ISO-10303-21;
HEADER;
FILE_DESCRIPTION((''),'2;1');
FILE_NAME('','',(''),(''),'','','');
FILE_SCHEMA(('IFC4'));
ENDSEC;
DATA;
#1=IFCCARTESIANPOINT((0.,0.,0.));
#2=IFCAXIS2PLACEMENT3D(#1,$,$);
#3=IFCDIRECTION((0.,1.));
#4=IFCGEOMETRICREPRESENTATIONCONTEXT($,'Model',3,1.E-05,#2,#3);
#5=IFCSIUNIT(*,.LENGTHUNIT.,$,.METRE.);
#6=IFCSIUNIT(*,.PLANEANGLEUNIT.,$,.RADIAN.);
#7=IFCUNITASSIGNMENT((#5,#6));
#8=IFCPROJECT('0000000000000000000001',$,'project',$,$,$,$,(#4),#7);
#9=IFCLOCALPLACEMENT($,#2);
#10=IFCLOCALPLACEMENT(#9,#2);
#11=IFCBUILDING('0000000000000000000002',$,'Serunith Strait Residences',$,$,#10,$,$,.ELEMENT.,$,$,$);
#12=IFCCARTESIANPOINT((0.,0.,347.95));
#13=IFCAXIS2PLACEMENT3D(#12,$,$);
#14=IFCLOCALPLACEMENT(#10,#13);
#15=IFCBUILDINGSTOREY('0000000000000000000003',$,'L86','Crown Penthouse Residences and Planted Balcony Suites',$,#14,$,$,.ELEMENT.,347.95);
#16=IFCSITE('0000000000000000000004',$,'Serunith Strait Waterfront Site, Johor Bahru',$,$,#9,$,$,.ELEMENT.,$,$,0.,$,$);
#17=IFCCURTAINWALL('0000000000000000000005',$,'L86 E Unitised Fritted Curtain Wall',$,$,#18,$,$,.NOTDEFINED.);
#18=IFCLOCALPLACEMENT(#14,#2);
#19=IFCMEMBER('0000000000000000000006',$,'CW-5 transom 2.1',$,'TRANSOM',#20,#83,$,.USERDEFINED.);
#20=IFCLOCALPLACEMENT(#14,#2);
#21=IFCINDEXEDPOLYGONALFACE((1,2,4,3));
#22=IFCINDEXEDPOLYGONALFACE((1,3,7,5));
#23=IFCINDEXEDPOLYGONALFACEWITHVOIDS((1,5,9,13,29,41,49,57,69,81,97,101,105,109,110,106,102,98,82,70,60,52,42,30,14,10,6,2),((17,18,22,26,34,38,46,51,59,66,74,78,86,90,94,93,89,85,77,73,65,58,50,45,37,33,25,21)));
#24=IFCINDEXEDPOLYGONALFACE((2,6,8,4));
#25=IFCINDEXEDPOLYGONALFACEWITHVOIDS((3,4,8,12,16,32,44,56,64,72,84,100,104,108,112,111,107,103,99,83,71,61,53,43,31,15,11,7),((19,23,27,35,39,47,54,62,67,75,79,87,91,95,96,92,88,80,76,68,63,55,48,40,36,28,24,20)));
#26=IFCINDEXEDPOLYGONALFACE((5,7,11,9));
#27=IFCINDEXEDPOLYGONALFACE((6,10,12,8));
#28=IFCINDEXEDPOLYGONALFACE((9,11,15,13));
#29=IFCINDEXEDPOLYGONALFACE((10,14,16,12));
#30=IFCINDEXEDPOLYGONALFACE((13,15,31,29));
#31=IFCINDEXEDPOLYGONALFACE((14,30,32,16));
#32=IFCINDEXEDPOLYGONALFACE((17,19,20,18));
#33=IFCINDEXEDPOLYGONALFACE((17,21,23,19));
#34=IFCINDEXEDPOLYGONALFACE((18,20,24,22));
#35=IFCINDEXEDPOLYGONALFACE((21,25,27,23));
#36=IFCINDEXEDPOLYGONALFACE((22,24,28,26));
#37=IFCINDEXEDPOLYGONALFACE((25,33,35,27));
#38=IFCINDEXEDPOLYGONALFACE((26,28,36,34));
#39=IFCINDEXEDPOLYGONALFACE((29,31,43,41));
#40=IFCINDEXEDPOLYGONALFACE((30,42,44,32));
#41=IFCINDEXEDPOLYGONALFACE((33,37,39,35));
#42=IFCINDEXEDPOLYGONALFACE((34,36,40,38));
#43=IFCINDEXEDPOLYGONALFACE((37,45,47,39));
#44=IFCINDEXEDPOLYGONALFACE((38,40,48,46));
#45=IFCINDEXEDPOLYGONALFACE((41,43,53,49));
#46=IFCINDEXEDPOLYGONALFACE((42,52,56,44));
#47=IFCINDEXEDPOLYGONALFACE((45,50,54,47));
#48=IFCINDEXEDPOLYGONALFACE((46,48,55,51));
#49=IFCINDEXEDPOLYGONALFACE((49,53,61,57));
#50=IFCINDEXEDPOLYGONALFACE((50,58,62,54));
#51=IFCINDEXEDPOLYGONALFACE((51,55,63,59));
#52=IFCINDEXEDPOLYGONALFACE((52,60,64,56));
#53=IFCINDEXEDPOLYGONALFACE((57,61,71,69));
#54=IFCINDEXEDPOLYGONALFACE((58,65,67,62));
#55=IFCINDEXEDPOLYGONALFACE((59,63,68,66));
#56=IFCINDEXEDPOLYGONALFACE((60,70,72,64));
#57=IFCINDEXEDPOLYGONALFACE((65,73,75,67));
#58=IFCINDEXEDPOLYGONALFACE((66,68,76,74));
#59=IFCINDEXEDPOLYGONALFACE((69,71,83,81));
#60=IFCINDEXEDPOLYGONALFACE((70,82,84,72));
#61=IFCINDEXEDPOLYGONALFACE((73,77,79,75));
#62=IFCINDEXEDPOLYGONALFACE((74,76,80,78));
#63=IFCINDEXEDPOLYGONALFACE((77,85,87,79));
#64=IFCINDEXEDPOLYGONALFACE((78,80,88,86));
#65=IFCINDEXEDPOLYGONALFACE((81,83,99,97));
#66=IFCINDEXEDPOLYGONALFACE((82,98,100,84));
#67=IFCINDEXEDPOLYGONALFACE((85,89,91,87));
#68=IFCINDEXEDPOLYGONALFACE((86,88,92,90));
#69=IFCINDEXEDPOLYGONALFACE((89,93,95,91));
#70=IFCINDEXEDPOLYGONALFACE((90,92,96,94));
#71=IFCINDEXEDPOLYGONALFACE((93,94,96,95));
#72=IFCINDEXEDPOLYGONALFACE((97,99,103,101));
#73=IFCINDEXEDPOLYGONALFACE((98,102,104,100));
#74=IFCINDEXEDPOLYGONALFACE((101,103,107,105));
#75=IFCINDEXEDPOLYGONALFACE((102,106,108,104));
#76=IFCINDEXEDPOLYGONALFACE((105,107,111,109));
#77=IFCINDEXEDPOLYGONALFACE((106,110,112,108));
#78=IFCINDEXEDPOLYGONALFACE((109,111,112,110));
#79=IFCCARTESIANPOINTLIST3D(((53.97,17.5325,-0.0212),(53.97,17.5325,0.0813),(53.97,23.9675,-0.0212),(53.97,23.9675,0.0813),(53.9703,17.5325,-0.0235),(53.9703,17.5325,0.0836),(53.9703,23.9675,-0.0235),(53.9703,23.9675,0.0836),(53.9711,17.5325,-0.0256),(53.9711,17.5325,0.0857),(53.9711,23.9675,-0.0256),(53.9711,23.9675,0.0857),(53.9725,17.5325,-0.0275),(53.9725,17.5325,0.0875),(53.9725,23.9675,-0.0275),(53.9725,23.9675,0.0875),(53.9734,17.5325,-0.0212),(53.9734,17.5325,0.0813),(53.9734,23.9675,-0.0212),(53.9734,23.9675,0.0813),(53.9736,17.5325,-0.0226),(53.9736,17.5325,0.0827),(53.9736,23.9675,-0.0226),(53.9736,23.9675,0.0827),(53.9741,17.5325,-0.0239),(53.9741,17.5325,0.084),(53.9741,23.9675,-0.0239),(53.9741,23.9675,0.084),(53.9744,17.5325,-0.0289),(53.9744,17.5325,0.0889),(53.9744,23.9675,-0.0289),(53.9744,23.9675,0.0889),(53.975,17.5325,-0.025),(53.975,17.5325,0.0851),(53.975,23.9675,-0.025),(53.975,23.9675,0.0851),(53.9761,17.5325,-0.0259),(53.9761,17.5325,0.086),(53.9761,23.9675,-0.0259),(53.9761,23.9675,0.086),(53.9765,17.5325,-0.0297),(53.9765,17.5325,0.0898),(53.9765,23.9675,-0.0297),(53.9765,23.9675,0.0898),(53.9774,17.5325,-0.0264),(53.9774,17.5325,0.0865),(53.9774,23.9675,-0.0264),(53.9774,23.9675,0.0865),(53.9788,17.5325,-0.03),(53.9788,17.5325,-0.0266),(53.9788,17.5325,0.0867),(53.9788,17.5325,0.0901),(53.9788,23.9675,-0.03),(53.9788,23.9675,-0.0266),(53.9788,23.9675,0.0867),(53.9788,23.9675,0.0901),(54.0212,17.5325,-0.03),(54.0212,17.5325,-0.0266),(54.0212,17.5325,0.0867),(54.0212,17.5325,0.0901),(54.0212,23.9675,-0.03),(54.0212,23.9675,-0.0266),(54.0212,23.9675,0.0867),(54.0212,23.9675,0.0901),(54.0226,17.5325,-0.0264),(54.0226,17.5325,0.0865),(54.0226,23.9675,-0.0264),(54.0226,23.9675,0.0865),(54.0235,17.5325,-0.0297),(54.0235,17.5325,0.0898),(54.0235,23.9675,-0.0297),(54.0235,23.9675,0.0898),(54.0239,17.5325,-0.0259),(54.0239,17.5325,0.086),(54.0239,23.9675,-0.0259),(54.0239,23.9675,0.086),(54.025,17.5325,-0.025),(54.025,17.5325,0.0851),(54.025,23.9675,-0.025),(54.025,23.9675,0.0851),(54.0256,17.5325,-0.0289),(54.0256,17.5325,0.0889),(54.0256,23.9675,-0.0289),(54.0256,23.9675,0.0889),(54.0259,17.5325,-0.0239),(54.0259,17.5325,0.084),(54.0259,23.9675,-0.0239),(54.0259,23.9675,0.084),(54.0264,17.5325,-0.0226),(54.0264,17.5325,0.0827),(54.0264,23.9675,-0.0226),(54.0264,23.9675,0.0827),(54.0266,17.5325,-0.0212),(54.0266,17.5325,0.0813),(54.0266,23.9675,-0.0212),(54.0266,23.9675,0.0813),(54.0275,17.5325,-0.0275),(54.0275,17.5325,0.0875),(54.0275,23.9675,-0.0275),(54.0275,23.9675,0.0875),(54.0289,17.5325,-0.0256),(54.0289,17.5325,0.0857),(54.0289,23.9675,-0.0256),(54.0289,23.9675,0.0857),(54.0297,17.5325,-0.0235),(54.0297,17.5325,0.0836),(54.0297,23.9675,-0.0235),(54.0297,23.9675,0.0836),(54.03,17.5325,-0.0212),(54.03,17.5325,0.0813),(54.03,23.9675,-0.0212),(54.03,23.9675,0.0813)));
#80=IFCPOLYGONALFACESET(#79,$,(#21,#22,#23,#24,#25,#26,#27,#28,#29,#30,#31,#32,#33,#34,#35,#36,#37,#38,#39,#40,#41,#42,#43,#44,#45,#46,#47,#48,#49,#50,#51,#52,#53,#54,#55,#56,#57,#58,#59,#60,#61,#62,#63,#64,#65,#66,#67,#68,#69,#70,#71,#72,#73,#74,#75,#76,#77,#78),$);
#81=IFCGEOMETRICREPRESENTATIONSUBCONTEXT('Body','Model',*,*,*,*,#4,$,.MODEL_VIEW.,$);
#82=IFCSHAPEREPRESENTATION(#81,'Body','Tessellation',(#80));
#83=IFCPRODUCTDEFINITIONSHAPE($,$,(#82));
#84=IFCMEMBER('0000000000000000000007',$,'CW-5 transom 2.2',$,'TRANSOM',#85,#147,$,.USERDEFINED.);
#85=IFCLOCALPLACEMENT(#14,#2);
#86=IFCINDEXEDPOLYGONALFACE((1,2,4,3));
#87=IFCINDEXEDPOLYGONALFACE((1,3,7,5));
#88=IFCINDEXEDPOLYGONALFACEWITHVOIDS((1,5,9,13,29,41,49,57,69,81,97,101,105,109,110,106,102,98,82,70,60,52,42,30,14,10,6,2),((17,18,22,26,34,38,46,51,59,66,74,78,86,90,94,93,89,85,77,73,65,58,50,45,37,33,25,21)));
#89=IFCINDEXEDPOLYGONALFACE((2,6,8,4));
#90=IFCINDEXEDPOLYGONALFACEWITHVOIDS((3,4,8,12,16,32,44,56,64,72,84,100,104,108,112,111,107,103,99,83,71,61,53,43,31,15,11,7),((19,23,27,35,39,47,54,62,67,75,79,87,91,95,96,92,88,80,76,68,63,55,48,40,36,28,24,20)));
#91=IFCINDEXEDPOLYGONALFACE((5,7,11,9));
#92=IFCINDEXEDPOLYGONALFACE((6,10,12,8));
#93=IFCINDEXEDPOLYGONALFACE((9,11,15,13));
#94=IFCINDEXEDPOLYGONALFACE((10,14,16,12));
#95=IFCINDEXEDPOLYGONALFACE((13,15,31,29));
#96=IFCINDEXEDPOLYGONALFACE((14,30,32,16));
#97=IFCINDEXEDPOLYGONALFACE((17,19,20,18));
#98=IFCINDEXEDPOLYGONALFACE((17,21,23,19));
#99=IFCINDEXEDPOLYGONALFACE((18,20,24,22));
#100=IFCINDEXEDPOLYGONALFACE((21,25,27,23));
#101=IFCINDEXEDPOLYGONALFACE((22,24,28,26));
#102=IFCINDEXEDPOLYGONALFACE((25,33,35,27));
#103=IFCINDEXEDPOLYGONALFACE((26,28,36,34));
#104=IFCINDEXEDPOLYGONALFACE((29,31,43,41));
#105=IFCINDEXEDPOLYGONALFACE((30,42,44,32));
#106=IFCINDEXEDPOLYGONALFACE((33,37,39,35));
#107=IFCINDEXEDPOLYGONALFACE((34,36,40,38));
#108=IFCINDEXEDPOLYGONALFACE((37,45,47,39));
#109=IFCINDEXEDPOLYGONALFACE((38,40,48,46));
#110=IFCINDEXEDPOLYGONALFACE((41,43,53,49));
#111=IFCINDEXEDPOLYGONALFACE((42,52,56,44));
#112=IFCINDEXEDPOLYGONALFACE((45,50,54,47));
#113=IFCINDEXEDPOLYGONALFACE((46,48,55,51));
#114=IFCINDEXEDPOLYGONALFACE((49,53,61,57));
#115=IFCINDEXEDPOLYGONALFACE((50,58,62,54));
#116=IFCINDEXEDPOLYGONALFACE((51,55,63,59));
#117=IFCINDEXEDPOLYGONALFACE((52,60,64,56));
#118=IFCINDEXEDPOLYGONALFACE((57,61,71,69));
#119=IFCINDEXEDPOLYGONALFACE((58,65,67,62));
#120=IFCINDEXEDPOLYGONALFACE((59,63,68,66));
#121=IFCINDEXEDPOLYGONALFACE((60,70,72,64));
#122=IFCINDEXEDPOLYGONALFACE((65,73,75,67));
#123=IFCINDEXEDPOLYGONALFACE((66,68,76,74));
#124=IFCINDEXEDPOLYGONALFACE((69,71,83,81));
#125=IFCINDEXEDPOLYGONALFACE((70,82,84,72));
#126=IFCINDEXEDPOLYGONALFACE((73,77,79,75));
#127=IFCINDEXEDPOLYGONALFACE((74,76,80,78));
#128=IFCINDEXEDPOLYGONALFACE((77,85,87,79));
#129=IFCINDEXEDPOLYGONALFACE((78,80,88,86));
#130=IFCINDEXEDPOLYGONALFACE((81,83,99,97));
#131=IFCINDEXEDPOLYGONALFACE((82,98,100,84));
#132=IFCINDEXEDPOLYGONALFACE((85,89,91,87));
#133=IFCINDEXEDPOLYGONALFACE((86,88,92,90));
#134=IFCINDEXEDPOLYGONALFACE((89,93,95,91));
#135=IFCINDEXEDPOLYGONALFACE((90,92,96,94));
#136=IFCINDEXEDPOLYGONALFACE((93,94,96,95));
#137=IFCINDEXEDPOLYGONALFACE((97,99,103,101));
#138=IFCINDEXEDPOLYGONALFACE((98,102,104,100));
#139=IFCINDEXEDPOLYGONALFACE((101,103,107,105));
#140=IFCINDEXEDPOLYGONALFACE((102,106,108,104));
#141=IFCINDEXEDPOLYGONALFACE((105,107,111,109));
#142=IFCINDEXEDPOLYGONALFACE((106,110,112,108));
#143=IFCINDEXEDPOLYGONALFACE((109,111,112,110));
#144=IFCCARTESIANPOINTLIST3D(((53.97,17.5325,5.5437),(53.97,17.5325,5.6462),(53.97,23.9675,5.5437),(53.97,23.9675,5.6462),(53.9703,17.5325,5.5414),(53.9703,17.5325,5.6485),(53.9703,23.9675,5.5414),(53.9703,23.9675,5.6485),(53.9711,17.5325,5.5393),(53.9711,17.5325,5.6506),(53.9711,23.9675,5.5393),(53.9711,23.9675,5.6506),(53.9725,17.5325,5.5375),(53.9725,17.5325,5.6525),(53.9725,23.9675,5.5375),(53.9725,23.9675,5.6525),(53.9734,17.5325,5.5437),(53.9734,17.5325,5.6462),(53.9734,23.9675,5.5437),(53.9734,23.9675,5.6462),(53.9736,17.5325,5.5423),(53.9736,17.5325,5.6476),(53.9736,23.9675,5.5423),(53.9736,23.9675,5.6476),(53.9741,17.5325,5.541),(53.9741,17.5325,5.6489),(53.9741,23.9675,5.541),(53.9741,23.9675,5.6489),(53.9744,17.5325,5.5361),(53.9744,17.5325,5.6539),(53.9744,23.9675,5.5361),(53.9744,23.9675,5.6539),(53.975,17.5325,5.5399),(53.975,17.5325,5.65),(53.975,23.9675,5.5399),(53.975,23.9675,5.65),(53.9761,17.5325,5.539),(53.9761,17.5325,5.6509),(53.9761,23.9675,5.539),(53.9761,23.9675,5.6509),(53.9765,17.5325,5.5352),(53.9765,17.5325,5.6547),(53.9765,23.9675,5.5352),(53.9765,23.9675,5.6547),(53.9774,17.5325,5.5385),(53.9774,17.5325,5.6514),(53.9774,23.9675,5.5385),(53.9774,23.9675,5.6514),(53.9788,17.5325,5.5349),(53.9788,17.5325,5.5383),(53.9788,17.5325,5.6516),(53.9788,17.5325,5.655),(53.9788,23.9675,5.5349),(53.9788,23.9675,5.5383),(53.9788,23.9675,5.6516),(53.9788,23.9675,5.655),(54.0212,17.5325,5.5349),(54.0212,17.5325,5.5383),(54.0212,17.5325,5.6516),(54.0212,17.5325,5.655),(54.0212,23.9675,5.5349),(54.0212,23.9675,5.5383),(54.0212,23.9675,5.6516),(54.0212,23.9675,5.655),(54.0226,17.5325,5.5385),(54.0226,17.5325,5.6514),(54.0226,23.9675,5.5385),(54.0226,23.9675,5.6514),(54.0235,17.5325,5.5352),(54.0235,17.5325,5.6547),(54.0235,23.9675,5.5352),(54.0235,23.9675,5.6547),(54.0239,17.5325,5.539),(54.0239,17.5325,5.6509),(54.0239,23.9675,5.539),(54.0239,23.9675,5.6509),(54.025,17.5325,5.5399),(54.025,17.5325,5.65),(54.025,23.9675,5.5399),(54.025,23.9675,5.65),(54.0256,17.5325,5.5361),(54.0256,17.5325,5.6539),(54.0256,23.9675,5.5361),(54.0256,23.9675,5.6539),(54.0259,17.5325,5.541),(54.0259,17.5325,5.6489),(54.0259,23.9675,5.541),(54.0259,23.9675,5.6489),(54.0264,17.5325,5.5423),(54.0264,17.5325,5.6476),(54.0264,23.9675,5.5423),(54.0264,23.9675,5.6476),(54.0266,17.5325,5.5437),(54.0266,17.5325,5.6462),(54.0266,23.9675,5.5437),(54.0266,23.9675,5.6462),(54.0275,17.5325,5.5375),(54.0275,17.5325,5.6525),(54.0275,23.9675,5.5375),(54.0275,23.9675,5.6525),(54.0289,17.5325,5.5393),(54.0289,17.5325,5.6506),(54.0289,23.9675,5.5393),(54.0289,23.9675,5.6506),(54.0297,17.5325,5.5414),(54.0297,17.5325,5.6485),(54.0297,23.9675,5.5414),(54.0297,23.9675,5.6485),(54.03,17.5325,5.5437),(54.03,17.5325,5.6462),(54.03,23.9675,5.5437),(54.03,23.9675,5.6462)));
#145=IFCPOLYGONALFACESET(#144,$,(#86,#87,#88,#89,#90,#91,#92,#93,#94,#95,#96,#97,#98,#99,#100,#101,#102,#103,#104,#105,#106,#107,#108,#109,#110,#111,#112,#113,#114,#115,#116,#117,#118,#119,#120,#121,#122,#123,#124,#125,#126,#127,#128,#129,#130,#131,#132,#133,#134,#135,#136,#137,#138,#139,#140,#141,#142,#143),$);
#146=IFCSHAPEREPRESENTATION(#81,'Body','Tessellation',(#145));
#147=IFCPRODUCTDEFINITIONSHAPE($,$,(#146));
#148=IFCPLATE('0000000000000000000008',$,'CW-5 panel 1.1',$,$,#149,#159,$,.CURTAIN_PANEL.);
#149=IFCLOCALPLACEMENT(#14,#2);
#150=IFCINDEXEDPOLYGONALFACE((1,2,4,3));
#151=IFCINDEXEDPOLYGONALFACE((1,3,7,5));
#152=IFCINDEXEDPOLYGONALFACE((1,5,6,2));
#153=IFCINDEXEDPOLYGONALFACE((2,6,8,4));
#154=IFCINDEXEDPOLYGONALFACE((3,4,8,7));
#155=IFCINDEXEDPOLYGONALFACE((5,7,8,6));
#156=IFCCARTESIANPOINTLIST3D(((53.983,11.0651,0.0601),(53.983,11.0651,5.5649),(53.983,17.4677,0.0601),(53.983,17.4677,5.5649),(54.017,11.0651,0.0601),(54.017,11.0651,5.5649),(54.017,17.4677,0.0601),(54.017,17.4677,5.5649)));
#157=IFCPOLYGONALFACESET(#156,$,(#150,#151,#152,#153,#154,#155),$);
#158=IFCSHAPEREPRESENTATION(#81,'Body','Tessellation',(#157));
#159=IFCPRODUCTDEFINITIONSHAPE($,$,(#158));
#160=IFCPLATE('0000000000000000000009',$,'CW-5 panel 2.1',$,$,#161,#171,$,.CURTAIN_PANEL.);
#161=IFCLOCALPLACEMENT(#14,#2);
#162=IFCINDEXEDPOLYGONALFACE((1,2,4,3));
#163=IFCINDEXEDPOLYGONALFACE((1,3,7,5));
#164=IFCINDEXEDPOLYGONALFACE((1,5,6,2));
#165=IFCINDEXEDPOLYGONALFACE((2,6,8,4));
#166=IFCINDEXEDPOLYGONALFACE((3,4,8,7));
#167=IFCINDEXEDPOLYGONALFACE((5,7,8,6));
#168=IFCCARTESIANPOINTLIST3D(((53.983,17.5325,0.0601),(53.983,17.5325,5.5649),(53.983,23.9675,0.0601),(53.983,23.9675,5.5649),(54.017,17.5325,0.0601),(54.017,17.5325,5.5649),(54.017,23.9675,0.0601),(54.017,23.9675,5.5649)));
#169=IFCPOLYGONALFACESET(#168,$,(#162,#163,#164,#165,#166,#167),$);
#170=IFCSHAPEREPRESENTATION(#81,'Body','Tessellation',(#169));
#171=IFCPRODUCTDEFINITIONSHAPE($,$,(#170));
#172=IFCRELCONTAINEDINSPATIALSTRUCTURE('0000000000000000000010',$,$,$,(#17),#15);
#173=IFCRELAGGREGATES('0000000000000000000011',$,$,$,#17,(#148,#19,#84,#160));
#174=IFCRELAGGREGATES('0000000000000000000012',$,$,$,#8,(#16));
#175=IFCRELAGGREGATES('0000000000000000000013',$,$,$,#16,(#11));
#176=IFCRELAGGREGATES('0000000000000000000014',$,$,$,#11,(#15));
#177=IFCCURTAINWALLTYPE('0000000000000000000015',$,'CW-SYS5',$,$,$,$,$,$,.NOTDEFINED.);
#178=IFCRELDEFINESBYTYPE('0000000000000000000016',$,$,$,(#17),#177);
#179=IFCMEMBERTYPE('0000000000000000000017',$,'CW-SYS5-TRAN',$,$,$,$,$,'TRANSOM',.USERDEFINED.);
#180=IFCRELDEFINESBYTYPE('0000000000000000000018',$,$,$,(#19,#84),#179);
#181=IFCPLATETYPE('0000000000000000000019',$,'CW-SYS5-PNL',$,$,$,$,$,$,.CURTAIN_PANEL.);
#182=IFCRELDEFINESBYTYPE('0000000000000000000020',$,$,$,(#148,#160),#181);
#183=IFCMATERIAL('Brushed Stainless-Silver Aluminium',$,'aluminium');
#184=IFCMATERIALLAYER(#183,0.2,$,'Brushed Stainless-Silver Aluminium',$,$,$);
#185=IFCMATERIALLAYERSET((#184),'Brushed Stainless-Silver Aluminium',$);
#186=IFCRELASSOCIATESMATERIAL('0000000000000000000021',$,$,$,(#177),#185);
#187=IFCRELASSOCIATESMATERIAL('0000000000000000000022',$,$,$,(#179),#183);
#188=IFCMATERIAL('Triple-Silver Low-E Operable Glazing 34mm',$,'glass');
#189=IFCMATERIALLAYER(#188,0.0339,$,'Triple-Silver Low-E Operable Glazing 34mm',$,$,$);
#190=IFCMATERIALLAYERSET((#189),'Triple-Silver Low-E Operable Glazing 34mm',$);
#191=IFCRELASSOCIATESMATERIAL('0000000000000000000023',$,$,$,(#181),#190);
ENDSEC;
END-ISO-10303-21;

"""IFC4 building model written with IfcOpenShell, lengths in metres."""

from ifc_helpers import new_model, si_unit, direction, frame, origin, origin_2d, place, context, subcontext, project, spatial, rectangle, hollow_rectangle, extrude, source, transform, mapped, material, layer, layer_set, material_profile, profile_set, type_object, element, aggregate, save


model = new_model("IFC4")

# Units and contexts
model_context = context("Model", 3, precision=1e-05, world=origin(), true_north=direction((0.0, 1.0)))
body_context = subcontext(model_context, "Body", "Model", "MODEL_VIEW")
ifc_project = project(units=[si_unit("LENGTHUNIT", "METRE"), si_unit("PLANEANGLEUNIT", "RADIAN")], contexts=[model_context])

# Site, building, storey
site_placement = place(None, origin())
site = spatial("IfcSite", under=ifc_project, at=site_placement, Name="Serunith Strait Waterfront Site, Johor Bahru", CompositionType="ELEMENT", RefElevation=0.0)
building_placement = place(site_placement, origin())
building = spatial("IfcBuilding", under=site, at=building_placement, Name="Serunith Strait Residences", CompositionType="ELEMENT")
storey_placement = place(building_placement, frame((0.0, 0.0, 347.95)))
storey = spatial("IfcBuildingStorey", under=building, at=storey_placement, Name="L86", Description="Crown Penthouse Residences and Planted Balcony Suites", CompositionType="ELEMENT", Elevation=347.95)

# Curtain wall, members, plates
ifc_material_1 = material(Name="Brushed Stainless-Silver Aluminium", Category="aluminium")
ifc_layer_1 = layer(ifc_material_1, 0.2, Name="Brushed Stainless-Silver Aluminium")
ifc_layer_set_1 = layer_set([ifc_layer_1], Name="Brushed Stainless-Silver Aluminium")
curtain_wall_type = type_object("IfcCurtainWallType", Name="CW-SYS5", PredefinedType="NOTDEFINED", material=ifc_layer_set_1)
curtain_wall_placement = place(storey_placement, origin())
curtain_wall = element("IfcCurtainWall", 1, at=curtain_wall_placement, inside=storey, type_object=curtain_wall_type, Name="L86 E Unitised Fritted Curtain Wall", PredefinedType="NOTDEFINED")
ifc_material_profile_1 = material_profile(ifc_material_1, hollow_rectangle(XDim=0.0601, YDim=0.1201, WallThickness=0.0034, InnerFilletRadius=0.0054, OuterFilletRadius=0.0088, at=origin_2d()), Name="ALU 120x60x3.5")
ifc_profile_set_1 = profile_set([ifc_material_profile_1], Name="Brushed Stainless-Silver Aluminium")
member_type_1 = type_object("IfcMemberType", Name="CW-SYS5-TRAN", ElementType="TRANSOM", PredefinedType="USERDEFINED", material=ifc_profile_set_1)
shared_shape_1 = source(origin(), body_context, "Body", "SweptSolid", [
    extrude(hollow_rectangle(XDim=0.0601, YDim=0.1201, WallThickness=0.0034, InnerFilletRadius=0.0054, OuterFilletRadius=0.0088, at=origin_2d()), origin(), (0.0, 0.0, 1.0), 6.4351),
])
member_1_placement = place(storey_placement, frame((54.0, 17.5325, 0.03), z_axis=(0.0, 1.0, 0.0), x_axis=(-1.0, 0.0, 0.0)))
member_1 = element("IfcMember", 2, at=member_1_placement, type_object=member_type_1, Name="CW-5 transom 2.1", ObjectType="TRANSOM", PredefinedType="USERDEFINED", context=body_context, shape_type="MappedRepresentation", body=[
    mapped(shared_shape_1, transform((0.0, 0.0, 0.0), scale=1.0)),
])
member_2_placement = place(storey_placement, frame((54.0, 17.5325, 5.595), z_axis=(0.0, 1.0, 0.0), x_axis=(-1.0, 0.0, 0.0)))
member_2 = element("IfcMember", 3, at=member_2_placement, type_object=member_type_1, Name="CW-5 transom 2.2", ObjectType="TRANSOM", PredefinedType="USERDEFINED", context=body_context, shape_type="MappedRepresentation", body=[
    mapped(shared_shape_1, transform((0.0, 0.0, 0.0), scale=1.0)),
])
ifc_material_2 = material(Name="Triple-Silver Low-E Operable Glazing 34mm", Category="glass")
ifc_layer_2 = layer(ifc_material_2, 0.0339, Name="Triple-Silver Low-E Operable Glazing 34mm")
ifc_layer_set_2 = layer_set([ifc_layer_2], Name="Triple-Silver Low-E Operable Glazing 34mm")
plate_type = type_object("IfcPlateType", Name="CW-SYS5-PNL", PredefinedType="CURTAIN_PANEL", material=ifc_layer_set_2)
shared_shape_2 = source(origin(), body_context, "Body", "SweptSolid", [
    extrude(rectangle(XDim=6.4026, YDim=0.0339, at=origin_2d()), origin(), (0.0, 0.0, 1.0), 5.5049),
])
plate_1_placement = place(storey_placement, frame((54.0, 14.2664, 0.0601), z_axis=(0.0, 0.0, 1.0), x_axis=(0.0, 1.0, 0.0)))
plate_1 = element("IfcPlate", 4, at=plate_1_placement, type_object=plate_type, Name="CW-5 panel 1.1", PredefinedType="CURTAIN_PANEL", context=body_context, shape_type="MappedRepresentation", body=[
    mapped(shared_shape_2, transform((0.0, 0.0, 0.0), scale=1.0)),
])
shared_shape_3 = source(origin(), body_context, "Body", "SweptSolid", [
    extrude(rectangle(XDim=6.4351, YDim=0.0339, at=origin_2d()), origin(), (0.0, 0.0, 1.0), 5.5049),
])
plate_2_placement = place(storey_placement, frame((54.0, 20.75, 0.0601), z_axis=(0.0, 0.0, 1.0), x_axis=(0.0, 1.0, 0.0)))
plate_2 = element("IfcPlate", 5, at=plate_2_placement, type_object=plate_type, Name="CW-5 panel 2.1", PredefinedType="CURTAIN_PANEL", context=body_context, shape_type="MappedRepresentation", body=[
    mapped(shared_shape_3, transform((0.0, 0.0, 0.0), scale=1.0)),
])
aggregate(curtain_wall, [plate_1, member_1, member_2, plate_2])

save(model, "model.ifc")
